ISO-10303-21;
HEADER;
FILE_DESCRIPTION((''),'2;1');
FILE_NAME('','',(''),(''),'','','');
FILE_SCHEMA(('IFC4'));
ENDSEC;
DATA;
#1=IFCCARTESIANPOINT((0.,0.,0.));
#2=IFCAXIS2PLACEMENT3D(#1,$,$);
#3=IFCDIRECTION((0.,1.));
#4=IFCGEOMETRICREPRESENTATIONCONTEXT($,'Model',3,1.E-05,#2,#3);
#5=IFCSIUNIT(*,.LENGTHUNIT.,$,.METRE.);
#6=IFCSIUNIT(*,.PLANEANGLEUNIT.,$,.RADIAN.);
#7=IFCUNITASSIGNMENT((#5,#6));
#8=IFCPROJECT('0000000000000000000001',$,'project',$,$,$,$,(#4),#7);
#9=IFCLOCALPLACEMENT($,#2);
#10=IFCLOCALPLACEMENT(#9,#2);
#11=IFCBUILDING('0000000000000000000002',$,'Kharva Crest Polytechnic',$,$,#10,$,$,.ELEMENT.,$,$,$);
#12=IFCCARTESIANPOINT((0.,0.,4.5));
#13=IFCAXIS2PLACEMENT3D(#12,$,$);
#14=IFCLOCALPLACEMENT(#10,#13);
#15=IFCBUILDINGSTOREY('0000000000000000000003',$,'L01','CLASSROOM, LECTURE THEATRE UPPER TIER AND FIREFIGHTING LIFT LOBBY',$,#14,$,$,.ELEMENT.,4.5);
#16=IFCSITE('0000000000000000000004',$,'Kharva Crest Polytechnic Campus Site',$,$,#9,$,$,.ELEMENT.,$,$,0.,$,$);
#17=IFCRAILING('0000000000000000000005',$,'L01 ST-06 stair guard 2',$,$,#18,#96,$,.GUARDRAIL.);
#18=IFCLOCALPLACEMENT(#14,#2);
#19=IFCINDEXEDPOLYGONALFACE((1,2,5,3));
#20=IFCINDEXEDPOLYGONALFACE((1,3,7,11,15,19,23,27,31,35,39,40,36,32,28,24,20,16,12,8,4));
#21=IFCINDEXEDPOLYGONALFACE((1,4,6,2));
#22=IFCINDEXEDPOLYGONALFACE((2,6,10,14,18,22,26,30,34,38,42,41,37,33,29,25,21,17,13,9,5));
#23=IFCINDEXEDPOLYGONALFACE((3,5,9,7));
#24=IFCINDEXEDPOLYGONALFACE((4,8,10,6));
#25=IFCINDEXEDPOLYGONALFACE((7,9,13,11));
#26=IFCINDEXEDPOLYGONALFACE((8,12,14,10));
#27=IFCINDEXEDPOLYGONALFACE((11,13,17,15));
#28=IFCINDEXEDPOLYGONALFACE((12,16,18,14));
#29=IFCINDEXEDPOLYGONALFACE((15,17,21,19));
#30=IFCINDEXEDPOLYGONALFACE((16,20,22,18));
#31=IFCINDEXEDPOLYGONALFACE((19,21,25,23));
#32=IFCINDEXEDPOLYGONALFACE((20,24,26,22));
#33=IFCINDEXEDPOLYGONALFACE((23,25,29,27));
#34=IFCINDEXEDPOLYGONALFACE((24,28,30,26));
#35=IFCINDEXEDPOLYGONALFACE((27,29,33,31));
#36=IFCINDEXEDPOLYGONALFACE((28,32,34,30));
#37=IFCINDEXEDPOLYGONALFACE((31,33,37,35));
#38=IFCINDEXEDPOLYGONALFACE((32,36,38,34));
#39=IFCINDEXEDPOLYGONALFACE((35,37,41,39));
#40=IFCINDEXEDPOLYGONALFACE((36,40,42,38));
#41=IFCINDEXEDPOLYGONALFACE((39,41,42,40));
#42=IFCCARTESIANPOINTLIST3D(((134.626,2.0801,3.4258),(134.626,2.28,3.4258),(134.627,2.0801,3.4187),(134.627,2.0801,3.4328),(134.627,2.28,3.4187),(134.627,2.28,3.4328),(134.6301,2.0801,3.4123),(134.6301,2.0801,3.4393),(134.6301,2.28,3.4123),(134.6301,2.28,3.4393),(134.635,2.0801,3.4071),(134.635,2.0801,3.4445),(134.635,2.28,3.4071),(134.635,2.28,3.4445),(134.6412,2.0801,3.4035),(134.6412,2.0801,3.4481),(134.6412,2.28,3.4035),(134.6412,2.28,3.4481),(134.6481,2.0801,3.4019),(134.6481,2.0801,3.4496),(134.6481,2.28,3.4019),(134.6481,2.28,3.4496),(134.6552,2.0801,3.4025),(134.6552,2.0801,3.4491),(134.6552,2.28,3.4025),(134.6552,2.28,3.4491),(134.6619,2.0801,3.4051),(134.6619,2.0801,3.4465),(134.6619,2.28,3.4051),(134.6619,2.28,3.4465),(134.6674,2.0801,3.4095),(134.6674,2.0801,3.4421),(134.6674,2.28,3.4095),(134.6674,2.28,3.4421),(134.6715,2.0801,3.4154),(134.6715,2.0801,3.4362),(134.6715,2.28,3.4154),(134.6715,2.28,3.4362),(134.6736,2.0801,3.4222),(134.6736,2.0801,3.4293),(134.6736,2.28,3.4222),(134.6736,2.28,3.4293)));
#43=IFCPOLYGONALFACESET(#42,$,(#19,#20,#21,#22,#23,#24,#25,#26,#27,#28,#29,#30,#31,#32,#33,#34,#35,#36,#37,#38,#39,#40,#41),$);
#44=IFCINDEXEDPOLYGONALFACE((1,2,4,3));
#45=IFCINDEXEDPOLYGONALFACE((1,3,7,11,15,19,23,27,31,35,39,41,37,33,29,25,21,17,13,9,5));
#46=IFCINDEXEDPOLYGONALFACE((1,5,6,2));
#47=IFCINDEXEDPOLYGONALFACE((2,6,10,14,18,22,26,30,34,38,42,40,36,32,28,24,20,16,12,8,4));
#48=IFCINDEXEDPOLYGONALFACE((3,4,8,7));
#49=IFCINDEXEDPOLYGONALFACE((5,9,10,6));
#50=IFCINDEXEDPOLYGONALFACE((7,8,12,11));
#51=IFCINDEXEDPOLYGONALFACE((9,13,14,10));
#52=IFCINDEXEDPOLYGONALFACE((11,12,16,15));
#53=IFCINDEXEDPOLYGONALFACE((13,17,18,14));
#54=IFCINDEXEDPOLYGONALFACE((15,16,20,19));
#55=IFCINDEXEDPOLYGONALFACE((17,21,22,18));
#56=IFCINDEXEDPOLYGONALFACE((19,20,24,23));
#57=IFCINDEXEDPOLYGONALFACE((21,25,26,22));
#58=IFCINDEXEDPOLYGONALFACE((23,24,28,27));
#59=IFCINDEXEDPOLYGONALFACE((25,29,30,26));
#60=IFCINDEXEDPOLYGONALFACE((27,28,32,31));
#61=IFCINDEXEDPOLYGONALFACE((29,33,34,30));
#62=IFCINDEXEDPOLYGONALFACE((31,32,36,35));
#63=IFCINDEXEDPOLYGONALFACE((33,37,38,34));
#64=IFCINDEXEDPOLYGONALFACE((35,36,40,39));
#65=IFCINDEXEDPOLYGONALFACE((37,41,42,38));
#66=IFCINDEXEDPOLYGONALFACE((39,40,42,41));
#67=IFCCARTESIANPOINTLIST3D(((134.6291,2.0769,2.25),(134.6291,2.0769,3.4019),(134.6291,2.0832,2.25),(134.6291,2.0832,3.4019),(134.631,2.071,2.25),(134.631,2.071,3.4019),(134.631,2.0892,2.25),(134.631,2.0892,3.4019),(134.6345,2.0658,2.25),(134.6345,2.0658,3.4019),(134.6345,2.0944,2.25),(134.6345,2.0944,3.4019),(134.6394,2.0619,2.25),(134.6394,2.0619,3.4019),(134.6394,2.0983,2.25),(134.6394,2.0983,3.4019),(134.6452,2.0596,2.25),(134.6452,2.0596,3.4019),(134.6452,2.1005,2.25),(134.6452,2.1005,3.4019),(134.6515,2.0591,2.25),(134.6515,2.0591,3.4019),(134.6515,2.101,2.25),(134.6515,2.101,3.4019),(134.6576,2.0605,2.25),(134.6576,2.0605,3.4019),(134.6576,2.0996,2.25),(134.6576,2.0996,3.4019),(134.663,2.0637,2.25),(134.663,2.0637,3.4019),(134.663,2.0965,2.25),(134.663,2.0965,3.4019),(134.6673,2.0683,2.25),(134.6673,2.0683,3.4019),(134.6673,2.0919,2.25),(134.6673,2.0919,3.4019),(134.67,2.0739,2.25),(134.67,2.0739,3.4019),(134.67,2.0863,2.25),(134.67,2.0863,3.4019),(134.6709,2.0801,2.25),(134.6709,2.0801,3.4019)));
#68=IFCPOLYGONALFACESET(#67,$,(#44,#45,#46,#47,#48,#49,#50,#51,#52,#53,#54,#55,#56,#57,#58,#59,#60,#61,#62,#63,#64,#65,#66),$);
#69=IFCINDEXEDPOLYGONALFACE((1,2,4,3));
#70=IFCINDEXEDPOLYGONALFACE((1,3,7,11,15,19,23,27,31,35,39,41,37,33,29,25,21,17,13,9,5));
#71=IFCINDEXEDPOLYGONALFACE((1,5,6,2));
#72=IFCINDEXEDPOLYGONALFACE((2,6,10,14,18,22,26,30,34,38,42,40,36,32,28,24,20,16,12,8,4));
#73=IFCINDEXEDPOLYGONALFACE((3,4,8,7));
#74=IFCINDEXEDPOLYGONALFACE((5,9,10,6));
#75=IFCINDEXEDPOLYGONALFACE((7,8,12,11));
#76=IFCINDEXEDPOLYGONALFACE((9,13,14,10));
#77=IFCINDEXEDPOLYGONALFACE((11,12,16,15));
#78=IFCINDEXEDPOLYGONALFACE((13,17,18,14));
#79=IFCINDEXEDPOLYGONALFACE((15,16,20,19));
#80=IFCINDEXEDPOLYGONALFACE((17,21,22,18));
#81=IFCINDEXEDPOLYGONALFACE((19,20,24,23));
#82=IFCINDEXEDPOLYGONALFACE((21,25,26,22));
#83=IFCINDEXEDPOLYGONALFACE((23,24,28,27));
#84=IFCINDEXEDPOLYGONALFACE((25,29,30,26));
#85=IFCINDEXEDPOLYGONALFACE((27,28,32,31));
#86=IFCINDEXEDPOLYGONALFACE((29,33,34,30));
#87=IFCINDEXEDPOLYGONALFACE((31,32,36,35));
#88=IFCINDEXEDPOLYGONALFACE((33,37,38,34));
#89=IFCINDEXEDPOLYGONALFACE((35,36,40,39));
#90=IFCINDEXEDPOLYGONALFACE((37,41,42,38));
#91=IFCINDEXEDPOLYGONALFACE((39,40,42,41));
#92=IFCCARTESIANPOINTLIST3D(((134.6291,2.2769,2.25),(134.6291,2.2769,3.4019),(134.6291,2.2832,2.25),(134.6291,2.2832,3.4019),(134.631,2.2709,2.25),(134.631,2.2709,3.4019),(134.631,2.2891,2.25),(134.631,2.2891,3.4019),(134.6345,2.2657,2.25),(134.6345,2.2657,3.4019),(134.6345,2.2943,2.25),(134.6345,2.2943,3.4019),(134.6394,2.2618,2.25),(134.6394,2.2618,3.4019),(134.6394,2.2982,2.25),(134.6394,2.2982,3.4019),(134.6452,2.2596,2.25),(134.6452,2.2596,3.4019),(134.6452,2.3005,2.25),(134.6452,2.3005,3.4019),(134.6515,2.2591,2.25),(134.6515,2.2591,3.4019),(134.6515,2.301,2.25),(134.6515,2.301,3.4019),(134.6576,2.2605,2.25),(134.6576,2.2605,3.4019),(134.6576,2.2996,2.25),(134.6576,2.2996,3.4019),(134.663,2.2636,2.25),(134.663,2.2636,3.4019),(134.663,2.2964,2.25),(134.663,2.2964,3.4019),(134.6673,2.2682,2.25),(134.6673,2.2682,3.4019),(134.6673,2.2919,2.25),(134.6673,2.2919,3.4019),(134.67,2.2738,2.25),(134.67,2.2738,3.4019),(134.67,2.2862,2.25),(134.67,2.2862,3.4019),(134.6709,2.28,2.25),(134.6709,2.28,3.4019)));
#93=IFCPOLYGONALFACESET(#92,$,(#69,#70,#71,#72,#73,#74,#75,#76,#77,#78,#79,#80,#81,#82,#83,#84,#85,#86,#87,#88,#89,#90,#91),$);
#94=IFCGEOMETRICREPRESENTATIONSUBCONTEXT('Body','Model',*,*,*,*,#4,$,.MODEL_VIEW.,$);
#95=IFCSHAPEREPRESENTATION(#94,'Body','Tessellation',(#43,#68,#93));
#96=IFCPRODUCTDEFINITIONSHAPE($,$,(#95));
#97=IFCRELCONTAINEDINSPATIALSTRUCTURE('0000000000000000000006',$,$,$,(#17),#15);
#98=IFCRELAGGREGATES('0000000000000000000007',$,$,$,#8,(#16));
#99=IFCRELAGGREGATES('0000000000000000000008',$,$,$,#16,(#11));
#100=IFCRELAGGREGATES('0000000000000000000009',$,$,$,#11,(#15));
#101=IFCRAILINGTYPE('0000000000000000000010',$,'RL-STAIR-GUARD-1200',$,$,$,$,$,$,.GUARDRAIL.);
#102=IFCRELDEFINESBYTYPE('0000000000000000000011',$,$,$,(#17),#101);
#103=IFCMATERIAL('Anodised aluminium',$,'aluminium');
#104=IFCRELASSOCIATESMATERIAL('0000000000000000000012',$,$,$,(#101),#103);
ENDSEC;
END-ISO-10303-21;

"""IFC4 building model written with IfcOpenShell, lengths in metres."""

from ifc_helpers import new_model, si_unit, direction, frame, origin, origin_2d, place, context, subcontext, project, spatial, circle, extrude, material, type_object, element, save


model = new_model("IFC4")

# Units and contexts
model_context = context("Model", 3, precision=1e-05, world=origin(), true_north=direction((0.0, 1.0)))
body_context = subcontext(model_context, "Body", "Model", "MODEL_VIEW")
ifc_project = project(units=[si_unit("LENGTHUNIT", "METRE"), si_unit("PLANEANGLEUNIT", "RADIAN")], contexts=[model_context])

# Site, building, storey
site_placement = place(None, origin())
site = spatial("IfcSite", under=ifc_project, at=site_placement, Name="Kharva Crest Polytechnic Campus Site", CompositionType="ELEMENT", RefElevation=0.0)
building_placement = place(site_placement, origin())
building = spatial("IfcBuilding", under=site, at=building_placement, Name="Kharva Crest Polytechnic", CompositionType="ELEMENT")
storey_placement = place(building_placement, frame((0.0, 0.0, 4.5)))
storey = spatial("IfcBuildingStorey", under=building, at=storey_placement, Name="L01", Description="CLASSROOM, LECTURE THEATRE UPPER TIER AND FIREFIGHTING LIFT LOBBY", CompositionType="ELEMENT", Elevation=4.5)

# Railing
ifc_material_1 = material(Name="Anodised aluminium", Category="aluminium")
railing_type_1 = type_object("IfcRailingType", Name="RL-STAIR-GUARD-1200", PredefinedType="GUARDRAIL", material=ifc_material_1)
railing_1_placement = place(storey_placement, frame((134.6499, 2.0801, 2.25)))
element("IfcRailing", 1, at=railing_1_placement, inside=storey, type_object=railing_type_1, Name="L01 ST-06 stair guard 2", PredefinedType="GUARDRAIL", context=body_context, shape_type="SweptSolid", body=[
    extrude(circle(Radius=0.0239, at=origin_2d()), frame((0.0, 0.0, 1.1758), z_axis=(0.0, 1.0, 0.0), x_axis=(-1.0, 0.0, 0.0)), (0.0, 0.0, 1.0), 0.2),
    extrude(circle(Radius=0.021, at=origin_2d()), origin(), (0.0, 0.0, 1.0), 1.1519),
    extrude(circle(Radius=0.021, at=origin_2d()), frame((0.0, 0.2, 0.0)), (0.0, 0.0, 1.0), 1.1519),
])

save(model, "model.ifc")
